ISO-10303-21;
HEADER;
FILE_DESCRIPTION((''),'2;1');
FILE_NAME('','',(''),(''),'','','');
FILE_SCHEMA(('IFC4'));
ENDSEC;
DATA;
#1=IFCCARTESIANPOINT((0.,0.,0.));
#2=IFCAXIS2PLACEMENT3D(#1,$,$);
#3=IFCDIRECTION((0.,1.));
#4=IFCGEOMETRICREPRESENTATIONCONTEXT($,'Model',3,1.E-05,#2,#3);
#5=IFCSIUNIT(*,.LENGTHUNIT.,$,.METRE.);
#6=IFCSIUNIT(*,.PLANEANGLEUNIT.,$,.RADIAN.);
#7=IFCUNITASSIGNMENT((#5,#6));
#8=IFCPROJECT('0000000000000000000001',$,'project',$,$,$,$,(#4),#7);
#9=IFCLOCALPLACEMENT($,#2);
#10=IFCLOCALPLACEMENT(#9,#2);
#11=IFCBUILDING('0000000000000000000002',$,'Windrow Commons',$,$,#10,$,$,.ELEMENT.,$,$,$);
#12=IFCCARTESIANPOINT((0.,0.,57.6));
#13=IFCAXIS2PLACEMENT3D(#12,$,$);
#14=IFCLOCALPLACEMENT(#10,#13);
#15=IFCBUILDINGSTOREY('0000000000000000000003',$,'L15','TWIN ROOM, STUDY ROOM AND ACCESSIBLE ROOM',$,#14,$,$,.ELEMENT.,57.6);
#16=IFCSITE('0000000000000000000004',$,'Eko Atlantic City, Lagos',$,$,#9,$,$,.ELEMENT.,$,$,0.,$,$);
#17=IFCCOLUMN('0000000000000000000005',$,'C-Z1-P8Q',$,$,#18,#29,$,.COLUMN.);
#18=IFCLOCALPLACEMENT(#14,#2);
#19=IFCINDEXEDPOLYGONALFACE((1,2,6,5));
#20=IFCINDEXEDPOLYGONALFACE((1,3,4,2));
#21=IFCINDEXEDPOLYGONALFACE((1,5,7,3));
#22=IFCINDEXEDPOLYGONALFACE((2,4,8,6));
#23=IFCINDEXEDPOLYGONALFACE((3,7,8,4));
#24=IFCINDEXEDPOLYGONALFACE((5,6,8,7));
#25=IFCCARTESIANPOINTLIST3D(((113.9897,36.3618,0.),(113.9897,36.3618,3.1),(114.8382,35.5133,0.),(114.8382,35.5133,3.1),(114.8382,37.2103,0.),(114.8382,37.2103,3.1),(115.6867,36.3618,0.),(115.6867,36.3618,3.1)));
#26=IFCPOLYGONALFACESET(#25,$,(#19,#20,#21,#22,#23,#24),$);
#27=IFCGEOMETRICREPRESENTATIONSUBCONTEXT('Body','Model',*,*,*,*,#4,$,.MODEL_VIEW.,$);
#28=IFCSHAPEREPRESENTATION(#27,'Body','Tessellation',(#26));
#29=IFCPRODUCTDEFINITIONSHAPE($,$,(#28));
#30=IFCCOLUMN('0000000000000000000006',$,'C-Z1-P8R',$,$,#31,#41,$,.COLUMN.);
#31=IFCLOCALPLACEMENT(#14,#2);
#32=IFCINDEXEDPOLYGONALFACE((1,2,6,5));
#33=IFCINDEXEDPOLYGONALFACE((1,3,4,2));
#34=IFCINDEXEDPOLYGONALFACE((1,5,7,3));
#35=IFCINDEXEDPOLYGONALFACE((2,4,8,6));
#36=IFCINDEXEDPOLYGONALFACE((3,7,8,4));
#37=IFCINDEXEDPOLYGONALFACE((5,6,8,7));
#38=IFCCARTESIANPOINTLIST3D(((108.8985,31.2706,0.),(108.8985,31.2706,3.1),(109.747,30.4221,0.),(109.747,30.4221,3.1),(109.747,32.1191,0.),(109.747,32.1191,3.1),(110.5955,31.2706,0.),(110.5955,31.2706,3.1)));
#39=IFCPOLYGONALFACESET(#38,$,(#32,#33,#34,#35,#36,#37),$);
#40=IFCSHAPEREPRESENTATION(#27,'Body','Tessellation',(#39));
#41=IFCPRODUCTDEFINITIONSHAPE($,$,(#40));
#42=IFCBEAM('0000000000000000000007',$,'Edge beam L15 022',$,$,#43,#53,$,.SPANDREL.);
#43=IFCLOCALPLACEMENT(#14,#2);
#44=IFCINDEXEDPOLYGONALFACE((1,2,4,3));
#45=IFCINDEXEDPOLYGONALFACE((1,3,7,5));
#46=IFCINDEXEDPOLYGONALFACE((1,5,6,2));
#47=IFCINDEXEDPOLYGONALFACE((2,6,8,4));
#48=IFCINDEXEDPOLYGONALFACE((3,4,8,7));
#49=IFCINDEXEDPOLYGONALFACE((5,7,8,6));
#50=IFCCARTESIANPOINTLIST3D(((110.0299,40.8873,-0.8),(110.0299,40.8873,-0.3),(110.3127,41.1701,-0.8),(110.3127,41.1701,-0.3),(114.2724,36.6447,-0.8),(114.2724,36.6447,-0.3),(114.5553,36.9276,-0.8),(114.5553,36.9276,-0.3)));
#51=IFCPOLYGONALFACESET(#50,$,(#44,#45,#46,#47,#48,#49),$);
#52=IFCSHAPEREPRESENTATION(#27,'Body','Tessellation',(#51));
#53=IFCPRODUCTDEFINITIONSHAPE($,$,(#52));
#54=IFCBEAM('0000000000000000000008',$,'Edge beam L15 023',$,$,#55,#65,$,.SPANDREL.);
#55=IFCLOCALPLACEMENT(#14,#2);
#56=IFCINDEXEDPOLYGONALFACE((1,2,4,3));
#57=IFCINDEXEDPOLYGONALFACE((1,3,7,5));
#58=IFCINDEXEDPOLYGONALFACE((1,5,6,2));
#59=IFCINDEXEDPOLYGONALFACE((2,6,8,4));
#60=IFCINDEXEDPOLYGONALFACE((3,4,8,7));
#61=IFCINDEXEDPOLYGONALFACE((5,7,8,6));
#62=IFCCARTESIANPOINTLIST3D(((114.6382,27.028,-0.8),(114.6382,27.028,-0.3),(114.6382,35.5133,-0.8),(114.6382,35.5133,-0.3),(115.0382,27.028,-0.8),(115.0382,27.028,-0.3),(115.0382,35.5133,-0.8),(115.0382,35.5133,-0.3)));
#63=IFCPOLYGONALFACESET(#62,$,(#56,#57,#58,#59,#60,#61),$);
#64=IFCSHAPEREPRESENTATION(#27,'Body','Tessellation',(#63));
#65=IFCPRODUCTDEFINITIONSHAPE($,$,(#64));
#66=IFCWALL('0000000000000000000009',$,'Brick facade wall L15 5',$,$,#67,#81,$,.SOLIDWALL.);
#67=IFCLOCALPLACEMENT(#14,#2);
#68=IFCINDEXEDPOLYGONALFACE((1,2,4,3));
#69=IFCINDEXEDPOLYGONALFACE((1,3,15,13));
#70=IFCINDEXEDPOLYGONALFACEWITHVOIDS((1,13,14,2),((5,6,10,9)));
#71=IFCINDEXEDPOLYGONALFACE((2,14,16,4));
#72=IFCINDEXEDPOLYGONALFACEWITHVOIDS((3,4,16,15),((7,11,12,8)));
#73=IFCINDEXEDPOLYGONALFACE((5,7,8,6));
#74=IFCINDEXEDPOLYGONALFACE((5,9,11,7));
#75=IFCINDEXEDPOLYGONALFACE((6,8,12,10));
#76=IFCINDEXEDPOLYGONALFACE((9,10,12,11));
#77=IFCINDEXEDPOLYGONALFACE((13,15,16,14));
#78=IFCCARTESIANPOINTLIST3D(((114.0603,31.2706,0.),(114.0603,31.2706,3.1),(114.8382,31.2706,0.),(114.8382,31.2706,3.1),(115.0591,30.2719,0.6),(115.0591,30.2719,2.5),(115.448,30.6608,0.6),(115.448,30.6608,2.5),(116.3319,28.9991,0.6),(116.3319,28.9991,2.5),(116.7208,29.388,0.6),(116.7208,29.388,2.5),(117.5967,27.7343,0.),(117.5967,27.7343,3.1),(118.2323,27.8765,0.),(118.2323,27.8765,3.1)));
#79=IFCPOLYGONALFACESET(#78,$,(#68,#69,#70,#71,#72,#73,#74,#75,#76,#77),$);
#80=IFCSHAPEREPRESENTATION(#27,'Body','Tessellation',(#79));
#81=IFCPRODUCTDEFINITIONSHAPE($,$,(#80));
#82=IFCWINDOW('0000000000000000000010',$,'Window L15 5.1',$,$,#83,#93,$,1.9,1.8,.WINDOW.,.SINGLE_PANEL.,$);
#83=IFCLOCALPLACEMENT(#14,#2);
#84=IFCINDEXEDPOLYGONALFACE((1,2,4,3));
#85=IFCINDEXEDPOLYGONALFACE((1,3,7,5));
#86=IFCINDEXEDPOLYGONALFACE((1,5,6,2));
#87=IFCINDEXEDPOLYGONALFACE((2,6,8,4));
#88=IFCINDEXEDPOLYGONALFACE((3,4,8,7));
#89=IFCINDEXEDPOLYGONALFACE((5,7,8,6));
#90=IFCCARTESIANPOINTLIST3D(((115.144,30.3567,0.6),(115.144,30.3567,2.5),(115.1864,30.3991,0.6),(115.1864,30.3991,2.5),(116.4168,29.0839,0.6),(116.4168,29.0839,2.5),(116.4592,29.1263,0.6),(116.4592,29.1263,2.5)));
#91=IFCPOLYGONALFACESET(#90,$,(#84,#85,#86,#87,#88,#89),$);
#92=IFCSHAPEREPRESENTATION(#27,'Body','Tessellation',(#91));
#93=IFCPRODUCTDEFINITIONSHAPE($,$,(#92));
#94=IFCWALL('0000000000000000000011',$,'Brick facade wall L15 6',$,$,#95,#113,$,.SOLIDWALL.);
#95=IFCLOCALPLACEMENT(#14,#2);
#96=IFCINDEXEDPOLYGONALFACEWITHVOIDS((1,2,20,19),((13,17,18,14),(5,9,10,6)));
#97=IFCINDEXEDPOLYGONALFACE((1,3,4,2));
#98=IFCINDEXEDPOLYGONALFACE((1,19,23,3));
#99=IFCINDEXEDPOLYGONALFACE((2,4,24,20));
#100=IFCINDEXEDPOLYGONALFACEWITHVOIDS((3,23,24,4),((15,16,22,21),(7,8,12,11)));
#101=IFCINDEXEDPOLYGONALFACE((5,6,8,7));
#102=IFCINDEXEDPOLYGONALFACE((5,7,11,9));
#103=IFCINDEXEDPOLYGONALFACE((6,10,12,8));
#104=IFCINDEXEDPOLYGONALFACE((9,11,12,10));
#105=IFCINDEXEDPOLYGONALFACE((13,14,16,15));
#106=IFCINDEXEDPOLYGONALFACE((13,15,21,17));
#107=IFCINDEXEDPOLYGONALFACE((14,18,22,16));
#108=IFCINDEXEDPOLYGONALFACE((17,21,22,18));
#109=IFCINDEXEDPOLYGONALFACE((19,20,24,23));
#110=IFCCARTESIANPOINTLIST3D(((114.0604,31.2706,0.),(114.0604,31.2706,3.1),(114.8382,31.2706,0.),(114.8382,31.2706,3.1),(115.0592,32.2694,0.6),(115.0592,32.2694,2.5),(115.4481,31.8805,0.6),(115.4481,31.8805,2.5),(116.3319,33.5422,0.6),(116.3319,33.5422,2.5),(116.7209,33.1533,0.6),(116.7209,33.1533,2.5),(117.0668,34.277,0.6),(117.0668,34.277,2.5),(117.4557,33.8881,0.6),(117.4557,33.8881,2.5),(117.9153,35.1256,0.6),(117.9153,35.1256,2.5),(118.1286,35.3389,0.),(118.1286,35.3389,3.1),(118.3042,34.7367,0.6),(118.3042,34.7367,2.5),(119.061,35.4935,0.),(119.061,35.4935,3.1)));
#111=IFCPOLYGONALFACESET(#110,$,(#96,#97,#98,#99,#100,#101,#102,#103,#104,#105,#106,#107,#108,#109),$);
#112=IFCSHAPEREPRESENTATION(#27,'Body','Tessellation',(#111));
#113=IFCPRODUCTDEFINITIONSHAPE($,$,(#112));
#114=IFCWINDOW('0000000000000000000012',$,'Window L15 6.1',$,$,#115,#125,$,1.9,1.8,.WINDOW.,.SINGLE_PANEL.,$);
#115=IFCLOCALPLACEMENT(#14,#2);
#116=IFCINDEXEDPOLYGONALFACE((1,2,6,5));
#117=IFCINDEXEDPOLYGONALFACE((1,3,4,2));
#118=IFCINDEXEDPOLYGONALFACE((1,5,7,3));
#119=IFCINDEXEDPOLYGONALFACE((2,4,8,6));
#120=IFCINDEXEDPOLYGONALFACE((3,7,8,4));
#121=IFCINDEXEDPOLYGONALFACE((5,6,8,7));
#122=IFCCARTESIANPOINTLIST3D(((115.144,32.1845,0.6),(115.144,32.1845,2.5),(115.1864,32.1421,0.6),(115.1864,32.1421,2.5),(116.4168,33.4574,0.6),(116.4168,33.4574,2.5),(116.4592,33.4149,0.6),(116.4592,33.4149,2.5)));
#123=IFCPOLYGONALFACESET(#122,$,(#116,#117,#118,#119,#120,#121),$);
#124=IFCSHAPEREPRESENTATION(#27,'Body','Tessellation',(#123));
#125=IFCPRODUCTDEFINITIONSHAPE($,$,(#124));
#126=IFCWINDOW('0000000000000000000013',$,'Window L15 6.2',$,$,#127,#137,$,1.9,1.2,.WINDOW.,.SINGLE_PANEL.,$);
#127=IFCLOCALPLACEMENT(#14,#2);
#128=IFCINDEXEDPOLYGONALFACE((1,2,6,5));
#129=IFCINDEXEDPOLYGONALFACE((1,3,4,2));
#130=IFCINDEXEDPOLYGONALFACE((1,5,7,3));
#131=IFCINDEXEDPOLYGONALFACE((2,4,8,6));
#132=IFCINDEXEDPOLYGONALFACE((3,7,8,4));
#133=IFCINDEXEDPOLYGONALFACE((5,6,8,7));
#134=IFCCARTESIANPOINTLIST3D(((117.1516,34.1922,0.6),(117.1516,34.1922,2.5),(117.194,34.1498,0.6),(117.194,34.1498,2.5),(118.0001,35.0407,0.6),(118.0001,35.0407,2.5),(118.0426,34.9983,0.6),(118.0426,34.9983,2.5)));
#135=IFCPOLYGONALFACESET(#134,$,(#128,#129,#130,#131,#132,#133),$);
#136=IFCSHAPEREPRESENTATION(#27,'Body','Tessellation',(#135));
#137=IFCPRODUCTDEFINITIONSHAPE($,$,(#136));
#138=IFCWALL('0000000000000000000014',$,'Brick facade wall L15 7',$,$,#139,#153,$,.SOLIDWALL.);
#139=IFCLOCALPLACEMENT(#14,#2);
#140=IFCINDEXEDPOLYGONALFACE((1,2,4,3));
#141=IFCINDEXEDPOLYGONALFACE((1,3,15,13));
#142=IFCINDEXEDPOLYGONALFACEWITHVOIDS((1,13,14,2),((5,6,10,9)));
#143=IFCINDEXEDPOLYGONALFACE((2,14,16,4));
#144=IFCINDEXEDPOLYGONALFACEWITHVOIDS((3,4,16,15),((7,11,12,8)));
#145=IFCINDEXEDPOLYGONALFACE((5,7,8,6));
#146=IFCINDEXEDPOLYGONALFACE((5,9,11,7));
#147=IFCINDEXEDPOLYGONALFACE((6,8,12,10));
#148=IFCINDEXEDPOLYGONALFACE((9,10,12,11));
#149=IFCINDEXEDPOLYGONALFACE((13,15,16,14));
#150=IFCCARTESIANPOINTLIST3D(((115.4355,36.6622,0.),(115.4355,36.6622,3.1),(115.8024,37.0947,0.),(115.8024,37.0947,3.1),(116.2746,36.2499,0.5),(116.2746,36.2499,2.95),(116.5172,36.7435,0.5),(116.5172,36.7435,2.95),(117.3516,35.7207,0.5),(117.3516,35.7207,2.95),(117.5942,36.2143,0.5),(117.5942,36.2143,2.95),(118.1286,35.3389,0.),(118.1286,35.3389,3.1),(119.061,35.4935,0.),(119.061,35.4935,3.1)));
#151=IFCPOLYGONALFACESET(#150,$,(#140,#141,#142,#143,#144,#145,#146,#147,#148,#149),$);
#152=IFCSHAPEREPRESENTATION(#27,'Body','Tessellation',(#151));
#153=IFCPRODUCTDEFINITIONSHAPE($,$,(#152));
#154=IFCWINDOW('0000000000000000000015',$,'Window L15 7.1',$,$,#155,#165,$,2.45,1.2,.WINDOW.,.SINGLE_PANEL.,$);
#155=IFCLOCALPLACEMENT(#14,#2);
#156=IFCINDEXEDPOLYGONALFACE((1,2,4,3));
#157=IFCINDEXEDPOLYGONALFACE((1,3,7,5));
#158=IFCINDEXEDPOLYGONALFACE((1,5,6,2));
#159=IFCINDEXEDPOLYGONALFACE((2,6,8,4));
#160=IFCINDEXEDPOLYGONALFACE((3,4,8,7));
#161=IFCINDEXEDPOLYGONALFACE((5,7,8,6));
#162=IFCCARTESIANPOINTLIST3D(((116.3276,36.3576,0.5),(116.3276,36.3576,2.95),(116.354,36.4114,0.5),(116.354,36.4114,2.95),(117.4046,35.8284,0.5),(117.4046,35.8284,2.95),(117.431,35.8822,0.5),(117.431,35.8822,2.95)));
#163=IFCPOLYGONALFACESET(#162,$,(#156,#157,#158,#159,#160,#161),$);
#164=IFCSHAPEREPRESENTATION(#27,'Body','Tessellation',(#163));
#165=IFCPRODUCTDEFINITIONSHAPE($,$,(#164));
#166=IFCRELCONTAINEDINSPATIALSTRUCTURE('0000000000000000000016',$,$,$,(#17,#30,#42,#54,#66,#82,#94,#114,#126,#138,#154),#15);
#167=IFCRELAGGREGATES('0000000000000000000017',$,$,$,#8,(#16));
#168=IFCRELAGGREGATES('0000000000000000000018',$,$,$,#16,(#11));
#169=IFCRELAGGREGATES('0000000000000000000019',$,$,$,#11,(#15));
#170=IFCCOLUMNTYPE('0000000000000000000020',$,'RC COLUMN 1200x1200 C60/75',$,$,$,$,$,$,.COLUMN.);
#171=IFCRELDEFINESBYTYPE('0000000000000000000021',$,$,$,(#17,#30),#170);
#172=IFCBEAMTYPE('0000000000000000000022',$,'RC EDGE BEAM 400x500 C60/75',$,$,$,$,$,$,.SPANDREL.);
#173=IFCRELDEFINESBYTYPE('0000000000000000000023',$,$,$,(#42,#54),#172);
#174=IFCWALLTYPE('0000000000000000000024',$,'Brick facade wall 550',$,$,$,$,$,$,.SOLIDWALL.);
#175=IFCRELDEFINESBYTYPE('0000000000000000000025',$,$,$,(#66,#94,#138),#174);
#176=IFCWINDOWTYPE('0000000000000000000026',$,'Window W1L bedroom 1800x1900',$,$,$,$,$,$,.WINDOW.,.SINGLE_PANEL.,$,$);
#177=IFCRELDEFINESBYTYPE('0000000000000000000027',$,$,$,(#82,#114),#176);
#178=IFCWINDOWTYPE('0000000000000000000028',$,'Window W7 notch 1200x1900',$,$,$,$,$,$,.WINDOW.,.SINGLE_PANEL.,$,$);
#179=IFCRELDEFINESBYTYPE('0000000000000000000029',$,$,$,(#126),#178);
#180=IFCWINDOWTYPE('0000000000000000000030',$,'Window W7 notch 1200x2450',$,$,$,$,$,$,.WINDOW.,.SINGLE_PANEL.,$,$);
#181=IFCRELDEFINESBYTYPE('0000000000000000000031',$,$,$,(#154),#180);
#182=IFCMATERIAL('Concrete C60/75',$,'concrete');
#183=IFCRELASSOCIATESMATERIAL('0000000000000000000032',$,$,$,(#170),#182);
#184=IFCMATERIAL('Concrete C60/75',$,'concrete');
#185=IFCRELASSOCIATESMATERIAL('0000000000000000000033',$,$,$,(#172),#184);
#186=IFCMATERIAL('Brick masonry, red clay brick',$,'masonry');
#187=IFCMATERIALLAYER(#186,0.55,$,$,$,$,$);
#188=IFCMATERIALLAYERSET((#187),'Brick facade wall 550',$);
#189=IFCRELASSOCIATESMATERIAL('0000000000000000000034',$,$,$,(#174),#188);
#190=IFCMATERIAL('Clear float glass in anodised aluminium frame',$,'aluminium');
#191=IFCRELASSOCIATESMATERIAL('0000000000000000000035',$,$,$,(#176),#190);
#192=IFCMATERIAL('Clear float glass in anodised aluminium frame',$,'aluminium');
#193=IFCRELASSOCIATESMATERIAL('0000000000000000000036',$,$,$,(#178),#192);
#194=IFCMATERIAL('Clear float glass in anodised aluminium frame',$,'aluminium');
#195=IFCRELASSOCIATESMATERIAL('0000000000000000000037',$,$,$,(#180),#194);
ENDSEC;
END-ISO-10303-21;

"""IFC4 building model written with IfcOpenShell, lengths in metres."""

from ifc_helpers import new_model, si_unit, direction, frame, frame_2d, origin, origin_2d, place, context, subcontext, project, spatial, polyline, rectangle, outline, extrude, material, layer, layer_set, material_profile, profile_set, type_object, element, fill, save


model = new_model("IFC4")

# Units and contexts
model_context = context("Model", 3, precision=1e-05, world=origin(), true_north=direction((0.0, 1.0)))
body_context = subcontext(model_context, "Body", "Model", "MODEL_VIEW")
ifc_project = project(units=[si_unit("LENGTHUNIT", "METRE"), si_unit("PLANEANGLEUNIT", "RADIAN")], contexts=[model_context])

# Site, building, storey
site_placement = place(None, origin())
site = spatial("IfcSite", under=ifc_project, at=site_placement, Name="Eko Atlantic City, Lagos", CompositionType="ELEMENT", RefElevation=0.0)
building_placement = place(site_placement, origin())
building = spatial("IfcBuilding", under=site, at=building_placement, Name="Windrow Commons", CompositionType="ELEMENT")
storey_placement = place(building_placement, frame((0.0, 0.0, 57.6)))
storey = spatial("IfcBuildingStorey", under=building, at=storey_placement, Name="L15", Description="TWIN ROOM, STUDY ROOM AND ACCESSIBLE ROOM", CompositionType="ELEMENT", Elevation=57.6)

# Columns
ifc_material_1 = material(Name="Concrete C60/75", Category="concrete")
ifc_material_profile_1 = material_profile(ifc_material_1, rectangle(XDim=1.2, YDim=1.2, at=origin_2d()))
ifc_profile_set_1 = profile_set([ifc_material_profile_1], Name="Concrete C60/75")
column_type = type_object("IfcColumnType", Name="RC COLUMN 1200x1200 C60/75", PredefinedType="COLUMN", material=ifc_profile_set_1)
for number, where, z_axis, x_axis, name in (
    (1, (114.8382, 36.3618, 0.0), (0.0, 0.0, 1.0), (0.707107, -0.707107, 0.0), "C-Z1-P8Q"),
    (2, (109.747, 31.2706, 0.0), (0.0, 0.0, 1.0), (0.707107, -0.707107, 0.0), "C-Z1-P8R"),
):
    element("IfcColumn", number, at=place(storey_placement, frame(where, z_axis=z_axis, x_axis=x_axis)), inside=storey, type_object=column_type, Name=name, PredefinedType="COLUMN", context=body_context, shape_type="SweptSolid", body=[
        extrude(rectangle(XDim=1.2, YDim=1.2, at=origin_2d()), origin(), (0.0, 0.0, 1.0), 3.1),
    ])

# Beams
ifc_material_2 = material(Name="Concrete C60/75", Category="concrete")
ifc_material_profile_2 = material_profile(ifc_material_2, rectangle(XDim=0.4, YDim=0.5, at=origin_2d()))
ifc_profile_set_2 = profile_set([ifc_material_profile_2], Name="Concrete C60/75")
beam_type = type_object("IfcBeamType", Name="RC EDGE BEAM 400x500 C60/75", PredefinedType="SPANDREL", material=ifc_profile_set_2)
beam_1_placement = place(storey_placement, frame((110.1713, 41.0287, -0.55), z_axis=(0.707107, -0.707107, 0.0), x_axis=(0.707107, 0.707107, 0.0)))
element("IfcBeam", 3, at=beam_1_placement, inside=storey, type_object=beam_type, Name="Edge beam L15 022", PredefinedType="SPANDREL", context=body_context, shape_type="SweptSolid", body=[
    extrude(rectangle(XDim=0.4, YDim=0.5, at=origin_2d()), origin(), (0.0, 0.0, 1.0), 5.9999),
])
beam_2_placement = place(storey_placement, frame((114.8382, 35.5133, -0.55), z_axis=(0.0, -1.0, 0.0), x_axis=(1.0, 0.0, 0.0)))
element("IfcBeam", 4, at=beam_2_placement, inside=storey, type_object=beam_type, Name="Edge beam L15 023", PredefinedType="SPANDREL", context=body_context, shape_type="SweptSolid", body=[
    extrude(rectangle(XDim=0.4, YDim=0.5, at=origin_2d()), origin(), (0.0, 0.0, 1.0), 8.4853),
])

# Wall, opening, window
ifc_material_3 = material(Name="Brick masonry, red clay brick", Category="masonry")
ifc_layer_1 = layer(ifc_material_3, 0.55)
ifc_layer_set_1 = layer_set([ifc_layer_1], Name="Brick facade wall 550")
wall_type_1 = type_object("IfcWallType", Name="Brick facade wall 550", PredefinedType="SOLIDWALL", material=ifc_layer_set_1)
wall_1_placement = place(storey_placement, frame((117.9145, 27.8054, 0.0), z_axis=(0.0, 0.0, 1.0), x_axis=(-0.707107, 0.707107, 0.0)))
wall_1 = element("IfcWall", 5, at=wall_1_placement, inside=storey, type_object=wall_type_1, Name="Brick facade wall L15 5", PredefinedType="SOLIDWALL", context=body_context, shape_type="SweptSolid", body=[
    extrude(outline(polyline([(-0.1744, -0.275), (4.6256, -0.275), (5.1756, 0.275), (0.1744, 0.275), (-0.1744, -0.275)])), origin(), (0.0, 0.0, 1.0), 3.1),
])
opening_1_placement = place(wall_1_placement, frame((1.9631, 0.0, 0.6)))
opening_1 = element("IfcOpeningElement", 6, at=opening_1_placement, cuts=wall_1, PredefinedType="OPENING", context=body_context, shape_type="SweptSolid", body=[
    extrude(rectangle(XDim=1.8, YDim=1.9, at=frame_2d((0.9, 0.95))), frame((0.0, 0.285, 0.0), z_axis=(0.0, -1.0, 0.0), x_axis=(1.0, 0.0, 0.0)), (0.0, 0.0, 1.0), 0.57),
])
ifc_material_4 = material(Name="Clear float glass in anodised aluminium frame", Category="aluminium")
window_type_1 = type_object("IfcWindowType", Name="Window W1L bedroom 1800x1900", PartitioningType="SINGLE_PANEL", PredefinedType="WINDOW", material=ifc_material_4)
window_1_placement = place(opening_1_placement, origin())
window_1 = element("IfcWindow", 7, at=window_1_placement, inside=storey, type_object=window_type_1, Name="Window L15 5.1", OverallHeight=1.9, OverallWidth=1.8, PartitioningType="SINGLE_PANEL", PredefinedType="WINDOW", context=body_context, shape_type="SweptSolid", body=[
    extrude(rectangle(XDim=1.8, YDim=1.9, at=frame_2d((0.9, 0.95))), frame((0.0, 0.155, 0.0), z_axis=(0.0, -1.0, 0.0), x_axis=(1.0, 0.0, 0.0)), (0.0, 0.0, 1.0), 0.06),
])
fill(opening_1, window_1)

# Wall, openings, windows
wall_2_placement = place(storey_placement, frame((114.4493, 31.2706, 0.0), z_axis=(0.0, 0.0, 1.0), x_axis=(0.707098, 0.707115, 0.0)))
wall_2 = element("IfcWall", 8, at=wall_2_placement, inside=storey, type_object=wall_type_1, Name="Brick facade wall L15 6", PredefinedType="SOLIDWALL", context=body_context, shape_type="SweptSolid", body=[
    extrude(outline(polyline([(0.275, -0.275), (6.247, -0.275), (5.4784, 0.275), (-0.275, 0.275), (0.275, -0.275)])), origin(), (0.0, 0.0, 1.0), 3.1),
])
opening_2_placement = place(wall_2_placement, frame((1.1375, 0.0, 0.6)))
opening_2 = element("IfcOpeningElement", 9, at=opening_2_placement, cuts=wall_2, PredefinedType="OPENING", context=body_context, shape_type="SweptSolid", body=[
    extrude(rectangle(XDim=1.8, YDim=1.9, at=frame_2d((0.9, 0.95))), frame((0.0, 0.285, 0.0), z_axis=(0.0, -1.0, 0.0), x_axis=(1.0, 0.0, 0.0)), (0.0, 0.0, 1.0), 0.57),
])
opening_3_placement = place(wall_2_placement, frame((3.9767, 0.0, 0.6)))
opening_3 = element("IfcOpeningElement", 10, at=opening_3_placement, cuts=wall_2, PredefinedType="OPENING", context=body_context, shape_type="SweptSolid", body=[
    extrude(rectangle(XDim=1.2, YDim=1.9, at=frame_2d((0.6, 0.95))), frame((0.0, 0.285, 0.0), z_axis=(0.0, -1.0, 0.0), x_axis=(1.0, 0.0, 0.0)), (0.0, 0.0, 1.0), 0.57),
])
window_2_placement = place(opening_2_placement, origin())
window_2 = element("IfcWindow", 11, at=window_2_placement, inside=storey, type_object=window_type_1, Name="Window L15 6.1", OverallHeight=1.9, OverallWidth=1.8, PartitioningType="SINGLE_PANEL", PredefinedType="WINDOW", context=body_context, shape_type="SweptSolid", body=[
    extrude(rectangle(XDim=1.8, YDim=1.9, at=frame_2d((0.9, 0.95))), frame((0.0, 0.155, 0.0), z_axis=(0.0, -1.0, 0.0), x_axis=(1.0, 0.0, 0.0)), (0.0, 0.0, 1.0), 0.06),
])
fill(opening_2, window_2)
ifc_material_5 = material(Name="Clear float glass in anodised aluminium frame", Category="aluminium")
window_type_2 = type_object("IfcWindowType", Name="Window W7 notch 1200x1900", PartitioningType="SINGLE_PANEL", PredefinedType="WINDOW", material=ifc_material_5)
window_3_placement = place(opening_3_placement, origin())
window_3 = element("IfcWindow", 12, at=window_3_placement, inside=storey, type_object=window_type_2, Name="Window L15 6.2", OverallHeight=1.9, OverallWidth=1.2, PartitioningType="SINGLE_PANEL", PredefinedType="WINDOW", context=body_context, shape_type="SweptSolid", body=[
    extrude(rectangle(XDim=1.2, YDim=1.9, at=frame_2d((0.6, 0.95))), frame((0.0, 0.155, 0.0), z_axis=(0.0, -1.0, 0.0), x_axis=(1.0, 0.0, 0.0)), (0.0, 0.0, 1.0), 0.06),
])
fill(opening_3, window_3)

# Wall, opening, window
wall_3_placement = place(storey_placement, frame((118.5948, 35.4162, 0.0), z_axis=(0.0, 0.0, 1.0), x_axis=(-0.8975, 0.441014, 0.0)))
wall_3 = element("IfcWall", 13, at=wall_3_placement, inside=storey, type_object=wall_type_1, Name="Brick facade wall L15 7", PredefinedType="SOLIDWALL", context=body_context, shape_type="SweptSolid", body=[
    extrude(outline(polyline([(-0.3843, -0.275), (3.2464, -0.275), (3.385, 0.275), (0.3843, 0.275), (-0.3843, -0.275)])), origin(), (0.0, 0.0, 1.0), 3.1),
])
opening_4_placement = place(wall_3_placement, frame((1.25, 0.0, 0.5)))
opening_4 = element("IfcOpeningElement", 14, at=opening_4_placement, cuts=wall_3, PredefinedType="OPENING", context=body_context, shape_type="SweptSolid", body=[
    extrude(rectangle(XDim=1.2, YDim=2.45, at=frame_2d((0.6, 1.225))), frame((0.0, 0.285, 0.0), z_axis=(0.0, -1.0, 0.0), x_axis=(1.0, 0.0, 0.0)), (0.0, 0.0, 1.0), 0.57),
])
ifc_material_6 = material(Name="Clear float glass in anodised aluminium frame", Category="aluminium")
window_type_3 = type_object("IfcWindowType", Name="Window W7 notch 1200x2450", PartitioningType="SINGLE_PANEL", PredefinedType="WINDOW", material=ifc_material_6)
window_4_placement = place(opening_4_placement, origin())
window_4 = element("IfcWindow", 15, at=window_4_placement, inside=storey, type_object=window_type_3, Name="Window L15 7.1", OverallHeight=2.45, OverallWidth=1.2, PartitioningType="SINGLE_PANEL", PredefinedType="WINDOW", context=body_context, shape_type="SweptSolid", body=[
    extrude(rectangle(XDim=1.2, YDim=2.45, at=frame_2d((0.6, 1.225))), frame((0.0, 0.155, 0.0), z_axis=(0.0, -1.0, 0.0), x_axis=(1.0, 0.0, 0.0)), (0.0, 0.0, 1.0), 0.06),
])
fill(opening_4, window_4)

save(model, "model.ifc")
